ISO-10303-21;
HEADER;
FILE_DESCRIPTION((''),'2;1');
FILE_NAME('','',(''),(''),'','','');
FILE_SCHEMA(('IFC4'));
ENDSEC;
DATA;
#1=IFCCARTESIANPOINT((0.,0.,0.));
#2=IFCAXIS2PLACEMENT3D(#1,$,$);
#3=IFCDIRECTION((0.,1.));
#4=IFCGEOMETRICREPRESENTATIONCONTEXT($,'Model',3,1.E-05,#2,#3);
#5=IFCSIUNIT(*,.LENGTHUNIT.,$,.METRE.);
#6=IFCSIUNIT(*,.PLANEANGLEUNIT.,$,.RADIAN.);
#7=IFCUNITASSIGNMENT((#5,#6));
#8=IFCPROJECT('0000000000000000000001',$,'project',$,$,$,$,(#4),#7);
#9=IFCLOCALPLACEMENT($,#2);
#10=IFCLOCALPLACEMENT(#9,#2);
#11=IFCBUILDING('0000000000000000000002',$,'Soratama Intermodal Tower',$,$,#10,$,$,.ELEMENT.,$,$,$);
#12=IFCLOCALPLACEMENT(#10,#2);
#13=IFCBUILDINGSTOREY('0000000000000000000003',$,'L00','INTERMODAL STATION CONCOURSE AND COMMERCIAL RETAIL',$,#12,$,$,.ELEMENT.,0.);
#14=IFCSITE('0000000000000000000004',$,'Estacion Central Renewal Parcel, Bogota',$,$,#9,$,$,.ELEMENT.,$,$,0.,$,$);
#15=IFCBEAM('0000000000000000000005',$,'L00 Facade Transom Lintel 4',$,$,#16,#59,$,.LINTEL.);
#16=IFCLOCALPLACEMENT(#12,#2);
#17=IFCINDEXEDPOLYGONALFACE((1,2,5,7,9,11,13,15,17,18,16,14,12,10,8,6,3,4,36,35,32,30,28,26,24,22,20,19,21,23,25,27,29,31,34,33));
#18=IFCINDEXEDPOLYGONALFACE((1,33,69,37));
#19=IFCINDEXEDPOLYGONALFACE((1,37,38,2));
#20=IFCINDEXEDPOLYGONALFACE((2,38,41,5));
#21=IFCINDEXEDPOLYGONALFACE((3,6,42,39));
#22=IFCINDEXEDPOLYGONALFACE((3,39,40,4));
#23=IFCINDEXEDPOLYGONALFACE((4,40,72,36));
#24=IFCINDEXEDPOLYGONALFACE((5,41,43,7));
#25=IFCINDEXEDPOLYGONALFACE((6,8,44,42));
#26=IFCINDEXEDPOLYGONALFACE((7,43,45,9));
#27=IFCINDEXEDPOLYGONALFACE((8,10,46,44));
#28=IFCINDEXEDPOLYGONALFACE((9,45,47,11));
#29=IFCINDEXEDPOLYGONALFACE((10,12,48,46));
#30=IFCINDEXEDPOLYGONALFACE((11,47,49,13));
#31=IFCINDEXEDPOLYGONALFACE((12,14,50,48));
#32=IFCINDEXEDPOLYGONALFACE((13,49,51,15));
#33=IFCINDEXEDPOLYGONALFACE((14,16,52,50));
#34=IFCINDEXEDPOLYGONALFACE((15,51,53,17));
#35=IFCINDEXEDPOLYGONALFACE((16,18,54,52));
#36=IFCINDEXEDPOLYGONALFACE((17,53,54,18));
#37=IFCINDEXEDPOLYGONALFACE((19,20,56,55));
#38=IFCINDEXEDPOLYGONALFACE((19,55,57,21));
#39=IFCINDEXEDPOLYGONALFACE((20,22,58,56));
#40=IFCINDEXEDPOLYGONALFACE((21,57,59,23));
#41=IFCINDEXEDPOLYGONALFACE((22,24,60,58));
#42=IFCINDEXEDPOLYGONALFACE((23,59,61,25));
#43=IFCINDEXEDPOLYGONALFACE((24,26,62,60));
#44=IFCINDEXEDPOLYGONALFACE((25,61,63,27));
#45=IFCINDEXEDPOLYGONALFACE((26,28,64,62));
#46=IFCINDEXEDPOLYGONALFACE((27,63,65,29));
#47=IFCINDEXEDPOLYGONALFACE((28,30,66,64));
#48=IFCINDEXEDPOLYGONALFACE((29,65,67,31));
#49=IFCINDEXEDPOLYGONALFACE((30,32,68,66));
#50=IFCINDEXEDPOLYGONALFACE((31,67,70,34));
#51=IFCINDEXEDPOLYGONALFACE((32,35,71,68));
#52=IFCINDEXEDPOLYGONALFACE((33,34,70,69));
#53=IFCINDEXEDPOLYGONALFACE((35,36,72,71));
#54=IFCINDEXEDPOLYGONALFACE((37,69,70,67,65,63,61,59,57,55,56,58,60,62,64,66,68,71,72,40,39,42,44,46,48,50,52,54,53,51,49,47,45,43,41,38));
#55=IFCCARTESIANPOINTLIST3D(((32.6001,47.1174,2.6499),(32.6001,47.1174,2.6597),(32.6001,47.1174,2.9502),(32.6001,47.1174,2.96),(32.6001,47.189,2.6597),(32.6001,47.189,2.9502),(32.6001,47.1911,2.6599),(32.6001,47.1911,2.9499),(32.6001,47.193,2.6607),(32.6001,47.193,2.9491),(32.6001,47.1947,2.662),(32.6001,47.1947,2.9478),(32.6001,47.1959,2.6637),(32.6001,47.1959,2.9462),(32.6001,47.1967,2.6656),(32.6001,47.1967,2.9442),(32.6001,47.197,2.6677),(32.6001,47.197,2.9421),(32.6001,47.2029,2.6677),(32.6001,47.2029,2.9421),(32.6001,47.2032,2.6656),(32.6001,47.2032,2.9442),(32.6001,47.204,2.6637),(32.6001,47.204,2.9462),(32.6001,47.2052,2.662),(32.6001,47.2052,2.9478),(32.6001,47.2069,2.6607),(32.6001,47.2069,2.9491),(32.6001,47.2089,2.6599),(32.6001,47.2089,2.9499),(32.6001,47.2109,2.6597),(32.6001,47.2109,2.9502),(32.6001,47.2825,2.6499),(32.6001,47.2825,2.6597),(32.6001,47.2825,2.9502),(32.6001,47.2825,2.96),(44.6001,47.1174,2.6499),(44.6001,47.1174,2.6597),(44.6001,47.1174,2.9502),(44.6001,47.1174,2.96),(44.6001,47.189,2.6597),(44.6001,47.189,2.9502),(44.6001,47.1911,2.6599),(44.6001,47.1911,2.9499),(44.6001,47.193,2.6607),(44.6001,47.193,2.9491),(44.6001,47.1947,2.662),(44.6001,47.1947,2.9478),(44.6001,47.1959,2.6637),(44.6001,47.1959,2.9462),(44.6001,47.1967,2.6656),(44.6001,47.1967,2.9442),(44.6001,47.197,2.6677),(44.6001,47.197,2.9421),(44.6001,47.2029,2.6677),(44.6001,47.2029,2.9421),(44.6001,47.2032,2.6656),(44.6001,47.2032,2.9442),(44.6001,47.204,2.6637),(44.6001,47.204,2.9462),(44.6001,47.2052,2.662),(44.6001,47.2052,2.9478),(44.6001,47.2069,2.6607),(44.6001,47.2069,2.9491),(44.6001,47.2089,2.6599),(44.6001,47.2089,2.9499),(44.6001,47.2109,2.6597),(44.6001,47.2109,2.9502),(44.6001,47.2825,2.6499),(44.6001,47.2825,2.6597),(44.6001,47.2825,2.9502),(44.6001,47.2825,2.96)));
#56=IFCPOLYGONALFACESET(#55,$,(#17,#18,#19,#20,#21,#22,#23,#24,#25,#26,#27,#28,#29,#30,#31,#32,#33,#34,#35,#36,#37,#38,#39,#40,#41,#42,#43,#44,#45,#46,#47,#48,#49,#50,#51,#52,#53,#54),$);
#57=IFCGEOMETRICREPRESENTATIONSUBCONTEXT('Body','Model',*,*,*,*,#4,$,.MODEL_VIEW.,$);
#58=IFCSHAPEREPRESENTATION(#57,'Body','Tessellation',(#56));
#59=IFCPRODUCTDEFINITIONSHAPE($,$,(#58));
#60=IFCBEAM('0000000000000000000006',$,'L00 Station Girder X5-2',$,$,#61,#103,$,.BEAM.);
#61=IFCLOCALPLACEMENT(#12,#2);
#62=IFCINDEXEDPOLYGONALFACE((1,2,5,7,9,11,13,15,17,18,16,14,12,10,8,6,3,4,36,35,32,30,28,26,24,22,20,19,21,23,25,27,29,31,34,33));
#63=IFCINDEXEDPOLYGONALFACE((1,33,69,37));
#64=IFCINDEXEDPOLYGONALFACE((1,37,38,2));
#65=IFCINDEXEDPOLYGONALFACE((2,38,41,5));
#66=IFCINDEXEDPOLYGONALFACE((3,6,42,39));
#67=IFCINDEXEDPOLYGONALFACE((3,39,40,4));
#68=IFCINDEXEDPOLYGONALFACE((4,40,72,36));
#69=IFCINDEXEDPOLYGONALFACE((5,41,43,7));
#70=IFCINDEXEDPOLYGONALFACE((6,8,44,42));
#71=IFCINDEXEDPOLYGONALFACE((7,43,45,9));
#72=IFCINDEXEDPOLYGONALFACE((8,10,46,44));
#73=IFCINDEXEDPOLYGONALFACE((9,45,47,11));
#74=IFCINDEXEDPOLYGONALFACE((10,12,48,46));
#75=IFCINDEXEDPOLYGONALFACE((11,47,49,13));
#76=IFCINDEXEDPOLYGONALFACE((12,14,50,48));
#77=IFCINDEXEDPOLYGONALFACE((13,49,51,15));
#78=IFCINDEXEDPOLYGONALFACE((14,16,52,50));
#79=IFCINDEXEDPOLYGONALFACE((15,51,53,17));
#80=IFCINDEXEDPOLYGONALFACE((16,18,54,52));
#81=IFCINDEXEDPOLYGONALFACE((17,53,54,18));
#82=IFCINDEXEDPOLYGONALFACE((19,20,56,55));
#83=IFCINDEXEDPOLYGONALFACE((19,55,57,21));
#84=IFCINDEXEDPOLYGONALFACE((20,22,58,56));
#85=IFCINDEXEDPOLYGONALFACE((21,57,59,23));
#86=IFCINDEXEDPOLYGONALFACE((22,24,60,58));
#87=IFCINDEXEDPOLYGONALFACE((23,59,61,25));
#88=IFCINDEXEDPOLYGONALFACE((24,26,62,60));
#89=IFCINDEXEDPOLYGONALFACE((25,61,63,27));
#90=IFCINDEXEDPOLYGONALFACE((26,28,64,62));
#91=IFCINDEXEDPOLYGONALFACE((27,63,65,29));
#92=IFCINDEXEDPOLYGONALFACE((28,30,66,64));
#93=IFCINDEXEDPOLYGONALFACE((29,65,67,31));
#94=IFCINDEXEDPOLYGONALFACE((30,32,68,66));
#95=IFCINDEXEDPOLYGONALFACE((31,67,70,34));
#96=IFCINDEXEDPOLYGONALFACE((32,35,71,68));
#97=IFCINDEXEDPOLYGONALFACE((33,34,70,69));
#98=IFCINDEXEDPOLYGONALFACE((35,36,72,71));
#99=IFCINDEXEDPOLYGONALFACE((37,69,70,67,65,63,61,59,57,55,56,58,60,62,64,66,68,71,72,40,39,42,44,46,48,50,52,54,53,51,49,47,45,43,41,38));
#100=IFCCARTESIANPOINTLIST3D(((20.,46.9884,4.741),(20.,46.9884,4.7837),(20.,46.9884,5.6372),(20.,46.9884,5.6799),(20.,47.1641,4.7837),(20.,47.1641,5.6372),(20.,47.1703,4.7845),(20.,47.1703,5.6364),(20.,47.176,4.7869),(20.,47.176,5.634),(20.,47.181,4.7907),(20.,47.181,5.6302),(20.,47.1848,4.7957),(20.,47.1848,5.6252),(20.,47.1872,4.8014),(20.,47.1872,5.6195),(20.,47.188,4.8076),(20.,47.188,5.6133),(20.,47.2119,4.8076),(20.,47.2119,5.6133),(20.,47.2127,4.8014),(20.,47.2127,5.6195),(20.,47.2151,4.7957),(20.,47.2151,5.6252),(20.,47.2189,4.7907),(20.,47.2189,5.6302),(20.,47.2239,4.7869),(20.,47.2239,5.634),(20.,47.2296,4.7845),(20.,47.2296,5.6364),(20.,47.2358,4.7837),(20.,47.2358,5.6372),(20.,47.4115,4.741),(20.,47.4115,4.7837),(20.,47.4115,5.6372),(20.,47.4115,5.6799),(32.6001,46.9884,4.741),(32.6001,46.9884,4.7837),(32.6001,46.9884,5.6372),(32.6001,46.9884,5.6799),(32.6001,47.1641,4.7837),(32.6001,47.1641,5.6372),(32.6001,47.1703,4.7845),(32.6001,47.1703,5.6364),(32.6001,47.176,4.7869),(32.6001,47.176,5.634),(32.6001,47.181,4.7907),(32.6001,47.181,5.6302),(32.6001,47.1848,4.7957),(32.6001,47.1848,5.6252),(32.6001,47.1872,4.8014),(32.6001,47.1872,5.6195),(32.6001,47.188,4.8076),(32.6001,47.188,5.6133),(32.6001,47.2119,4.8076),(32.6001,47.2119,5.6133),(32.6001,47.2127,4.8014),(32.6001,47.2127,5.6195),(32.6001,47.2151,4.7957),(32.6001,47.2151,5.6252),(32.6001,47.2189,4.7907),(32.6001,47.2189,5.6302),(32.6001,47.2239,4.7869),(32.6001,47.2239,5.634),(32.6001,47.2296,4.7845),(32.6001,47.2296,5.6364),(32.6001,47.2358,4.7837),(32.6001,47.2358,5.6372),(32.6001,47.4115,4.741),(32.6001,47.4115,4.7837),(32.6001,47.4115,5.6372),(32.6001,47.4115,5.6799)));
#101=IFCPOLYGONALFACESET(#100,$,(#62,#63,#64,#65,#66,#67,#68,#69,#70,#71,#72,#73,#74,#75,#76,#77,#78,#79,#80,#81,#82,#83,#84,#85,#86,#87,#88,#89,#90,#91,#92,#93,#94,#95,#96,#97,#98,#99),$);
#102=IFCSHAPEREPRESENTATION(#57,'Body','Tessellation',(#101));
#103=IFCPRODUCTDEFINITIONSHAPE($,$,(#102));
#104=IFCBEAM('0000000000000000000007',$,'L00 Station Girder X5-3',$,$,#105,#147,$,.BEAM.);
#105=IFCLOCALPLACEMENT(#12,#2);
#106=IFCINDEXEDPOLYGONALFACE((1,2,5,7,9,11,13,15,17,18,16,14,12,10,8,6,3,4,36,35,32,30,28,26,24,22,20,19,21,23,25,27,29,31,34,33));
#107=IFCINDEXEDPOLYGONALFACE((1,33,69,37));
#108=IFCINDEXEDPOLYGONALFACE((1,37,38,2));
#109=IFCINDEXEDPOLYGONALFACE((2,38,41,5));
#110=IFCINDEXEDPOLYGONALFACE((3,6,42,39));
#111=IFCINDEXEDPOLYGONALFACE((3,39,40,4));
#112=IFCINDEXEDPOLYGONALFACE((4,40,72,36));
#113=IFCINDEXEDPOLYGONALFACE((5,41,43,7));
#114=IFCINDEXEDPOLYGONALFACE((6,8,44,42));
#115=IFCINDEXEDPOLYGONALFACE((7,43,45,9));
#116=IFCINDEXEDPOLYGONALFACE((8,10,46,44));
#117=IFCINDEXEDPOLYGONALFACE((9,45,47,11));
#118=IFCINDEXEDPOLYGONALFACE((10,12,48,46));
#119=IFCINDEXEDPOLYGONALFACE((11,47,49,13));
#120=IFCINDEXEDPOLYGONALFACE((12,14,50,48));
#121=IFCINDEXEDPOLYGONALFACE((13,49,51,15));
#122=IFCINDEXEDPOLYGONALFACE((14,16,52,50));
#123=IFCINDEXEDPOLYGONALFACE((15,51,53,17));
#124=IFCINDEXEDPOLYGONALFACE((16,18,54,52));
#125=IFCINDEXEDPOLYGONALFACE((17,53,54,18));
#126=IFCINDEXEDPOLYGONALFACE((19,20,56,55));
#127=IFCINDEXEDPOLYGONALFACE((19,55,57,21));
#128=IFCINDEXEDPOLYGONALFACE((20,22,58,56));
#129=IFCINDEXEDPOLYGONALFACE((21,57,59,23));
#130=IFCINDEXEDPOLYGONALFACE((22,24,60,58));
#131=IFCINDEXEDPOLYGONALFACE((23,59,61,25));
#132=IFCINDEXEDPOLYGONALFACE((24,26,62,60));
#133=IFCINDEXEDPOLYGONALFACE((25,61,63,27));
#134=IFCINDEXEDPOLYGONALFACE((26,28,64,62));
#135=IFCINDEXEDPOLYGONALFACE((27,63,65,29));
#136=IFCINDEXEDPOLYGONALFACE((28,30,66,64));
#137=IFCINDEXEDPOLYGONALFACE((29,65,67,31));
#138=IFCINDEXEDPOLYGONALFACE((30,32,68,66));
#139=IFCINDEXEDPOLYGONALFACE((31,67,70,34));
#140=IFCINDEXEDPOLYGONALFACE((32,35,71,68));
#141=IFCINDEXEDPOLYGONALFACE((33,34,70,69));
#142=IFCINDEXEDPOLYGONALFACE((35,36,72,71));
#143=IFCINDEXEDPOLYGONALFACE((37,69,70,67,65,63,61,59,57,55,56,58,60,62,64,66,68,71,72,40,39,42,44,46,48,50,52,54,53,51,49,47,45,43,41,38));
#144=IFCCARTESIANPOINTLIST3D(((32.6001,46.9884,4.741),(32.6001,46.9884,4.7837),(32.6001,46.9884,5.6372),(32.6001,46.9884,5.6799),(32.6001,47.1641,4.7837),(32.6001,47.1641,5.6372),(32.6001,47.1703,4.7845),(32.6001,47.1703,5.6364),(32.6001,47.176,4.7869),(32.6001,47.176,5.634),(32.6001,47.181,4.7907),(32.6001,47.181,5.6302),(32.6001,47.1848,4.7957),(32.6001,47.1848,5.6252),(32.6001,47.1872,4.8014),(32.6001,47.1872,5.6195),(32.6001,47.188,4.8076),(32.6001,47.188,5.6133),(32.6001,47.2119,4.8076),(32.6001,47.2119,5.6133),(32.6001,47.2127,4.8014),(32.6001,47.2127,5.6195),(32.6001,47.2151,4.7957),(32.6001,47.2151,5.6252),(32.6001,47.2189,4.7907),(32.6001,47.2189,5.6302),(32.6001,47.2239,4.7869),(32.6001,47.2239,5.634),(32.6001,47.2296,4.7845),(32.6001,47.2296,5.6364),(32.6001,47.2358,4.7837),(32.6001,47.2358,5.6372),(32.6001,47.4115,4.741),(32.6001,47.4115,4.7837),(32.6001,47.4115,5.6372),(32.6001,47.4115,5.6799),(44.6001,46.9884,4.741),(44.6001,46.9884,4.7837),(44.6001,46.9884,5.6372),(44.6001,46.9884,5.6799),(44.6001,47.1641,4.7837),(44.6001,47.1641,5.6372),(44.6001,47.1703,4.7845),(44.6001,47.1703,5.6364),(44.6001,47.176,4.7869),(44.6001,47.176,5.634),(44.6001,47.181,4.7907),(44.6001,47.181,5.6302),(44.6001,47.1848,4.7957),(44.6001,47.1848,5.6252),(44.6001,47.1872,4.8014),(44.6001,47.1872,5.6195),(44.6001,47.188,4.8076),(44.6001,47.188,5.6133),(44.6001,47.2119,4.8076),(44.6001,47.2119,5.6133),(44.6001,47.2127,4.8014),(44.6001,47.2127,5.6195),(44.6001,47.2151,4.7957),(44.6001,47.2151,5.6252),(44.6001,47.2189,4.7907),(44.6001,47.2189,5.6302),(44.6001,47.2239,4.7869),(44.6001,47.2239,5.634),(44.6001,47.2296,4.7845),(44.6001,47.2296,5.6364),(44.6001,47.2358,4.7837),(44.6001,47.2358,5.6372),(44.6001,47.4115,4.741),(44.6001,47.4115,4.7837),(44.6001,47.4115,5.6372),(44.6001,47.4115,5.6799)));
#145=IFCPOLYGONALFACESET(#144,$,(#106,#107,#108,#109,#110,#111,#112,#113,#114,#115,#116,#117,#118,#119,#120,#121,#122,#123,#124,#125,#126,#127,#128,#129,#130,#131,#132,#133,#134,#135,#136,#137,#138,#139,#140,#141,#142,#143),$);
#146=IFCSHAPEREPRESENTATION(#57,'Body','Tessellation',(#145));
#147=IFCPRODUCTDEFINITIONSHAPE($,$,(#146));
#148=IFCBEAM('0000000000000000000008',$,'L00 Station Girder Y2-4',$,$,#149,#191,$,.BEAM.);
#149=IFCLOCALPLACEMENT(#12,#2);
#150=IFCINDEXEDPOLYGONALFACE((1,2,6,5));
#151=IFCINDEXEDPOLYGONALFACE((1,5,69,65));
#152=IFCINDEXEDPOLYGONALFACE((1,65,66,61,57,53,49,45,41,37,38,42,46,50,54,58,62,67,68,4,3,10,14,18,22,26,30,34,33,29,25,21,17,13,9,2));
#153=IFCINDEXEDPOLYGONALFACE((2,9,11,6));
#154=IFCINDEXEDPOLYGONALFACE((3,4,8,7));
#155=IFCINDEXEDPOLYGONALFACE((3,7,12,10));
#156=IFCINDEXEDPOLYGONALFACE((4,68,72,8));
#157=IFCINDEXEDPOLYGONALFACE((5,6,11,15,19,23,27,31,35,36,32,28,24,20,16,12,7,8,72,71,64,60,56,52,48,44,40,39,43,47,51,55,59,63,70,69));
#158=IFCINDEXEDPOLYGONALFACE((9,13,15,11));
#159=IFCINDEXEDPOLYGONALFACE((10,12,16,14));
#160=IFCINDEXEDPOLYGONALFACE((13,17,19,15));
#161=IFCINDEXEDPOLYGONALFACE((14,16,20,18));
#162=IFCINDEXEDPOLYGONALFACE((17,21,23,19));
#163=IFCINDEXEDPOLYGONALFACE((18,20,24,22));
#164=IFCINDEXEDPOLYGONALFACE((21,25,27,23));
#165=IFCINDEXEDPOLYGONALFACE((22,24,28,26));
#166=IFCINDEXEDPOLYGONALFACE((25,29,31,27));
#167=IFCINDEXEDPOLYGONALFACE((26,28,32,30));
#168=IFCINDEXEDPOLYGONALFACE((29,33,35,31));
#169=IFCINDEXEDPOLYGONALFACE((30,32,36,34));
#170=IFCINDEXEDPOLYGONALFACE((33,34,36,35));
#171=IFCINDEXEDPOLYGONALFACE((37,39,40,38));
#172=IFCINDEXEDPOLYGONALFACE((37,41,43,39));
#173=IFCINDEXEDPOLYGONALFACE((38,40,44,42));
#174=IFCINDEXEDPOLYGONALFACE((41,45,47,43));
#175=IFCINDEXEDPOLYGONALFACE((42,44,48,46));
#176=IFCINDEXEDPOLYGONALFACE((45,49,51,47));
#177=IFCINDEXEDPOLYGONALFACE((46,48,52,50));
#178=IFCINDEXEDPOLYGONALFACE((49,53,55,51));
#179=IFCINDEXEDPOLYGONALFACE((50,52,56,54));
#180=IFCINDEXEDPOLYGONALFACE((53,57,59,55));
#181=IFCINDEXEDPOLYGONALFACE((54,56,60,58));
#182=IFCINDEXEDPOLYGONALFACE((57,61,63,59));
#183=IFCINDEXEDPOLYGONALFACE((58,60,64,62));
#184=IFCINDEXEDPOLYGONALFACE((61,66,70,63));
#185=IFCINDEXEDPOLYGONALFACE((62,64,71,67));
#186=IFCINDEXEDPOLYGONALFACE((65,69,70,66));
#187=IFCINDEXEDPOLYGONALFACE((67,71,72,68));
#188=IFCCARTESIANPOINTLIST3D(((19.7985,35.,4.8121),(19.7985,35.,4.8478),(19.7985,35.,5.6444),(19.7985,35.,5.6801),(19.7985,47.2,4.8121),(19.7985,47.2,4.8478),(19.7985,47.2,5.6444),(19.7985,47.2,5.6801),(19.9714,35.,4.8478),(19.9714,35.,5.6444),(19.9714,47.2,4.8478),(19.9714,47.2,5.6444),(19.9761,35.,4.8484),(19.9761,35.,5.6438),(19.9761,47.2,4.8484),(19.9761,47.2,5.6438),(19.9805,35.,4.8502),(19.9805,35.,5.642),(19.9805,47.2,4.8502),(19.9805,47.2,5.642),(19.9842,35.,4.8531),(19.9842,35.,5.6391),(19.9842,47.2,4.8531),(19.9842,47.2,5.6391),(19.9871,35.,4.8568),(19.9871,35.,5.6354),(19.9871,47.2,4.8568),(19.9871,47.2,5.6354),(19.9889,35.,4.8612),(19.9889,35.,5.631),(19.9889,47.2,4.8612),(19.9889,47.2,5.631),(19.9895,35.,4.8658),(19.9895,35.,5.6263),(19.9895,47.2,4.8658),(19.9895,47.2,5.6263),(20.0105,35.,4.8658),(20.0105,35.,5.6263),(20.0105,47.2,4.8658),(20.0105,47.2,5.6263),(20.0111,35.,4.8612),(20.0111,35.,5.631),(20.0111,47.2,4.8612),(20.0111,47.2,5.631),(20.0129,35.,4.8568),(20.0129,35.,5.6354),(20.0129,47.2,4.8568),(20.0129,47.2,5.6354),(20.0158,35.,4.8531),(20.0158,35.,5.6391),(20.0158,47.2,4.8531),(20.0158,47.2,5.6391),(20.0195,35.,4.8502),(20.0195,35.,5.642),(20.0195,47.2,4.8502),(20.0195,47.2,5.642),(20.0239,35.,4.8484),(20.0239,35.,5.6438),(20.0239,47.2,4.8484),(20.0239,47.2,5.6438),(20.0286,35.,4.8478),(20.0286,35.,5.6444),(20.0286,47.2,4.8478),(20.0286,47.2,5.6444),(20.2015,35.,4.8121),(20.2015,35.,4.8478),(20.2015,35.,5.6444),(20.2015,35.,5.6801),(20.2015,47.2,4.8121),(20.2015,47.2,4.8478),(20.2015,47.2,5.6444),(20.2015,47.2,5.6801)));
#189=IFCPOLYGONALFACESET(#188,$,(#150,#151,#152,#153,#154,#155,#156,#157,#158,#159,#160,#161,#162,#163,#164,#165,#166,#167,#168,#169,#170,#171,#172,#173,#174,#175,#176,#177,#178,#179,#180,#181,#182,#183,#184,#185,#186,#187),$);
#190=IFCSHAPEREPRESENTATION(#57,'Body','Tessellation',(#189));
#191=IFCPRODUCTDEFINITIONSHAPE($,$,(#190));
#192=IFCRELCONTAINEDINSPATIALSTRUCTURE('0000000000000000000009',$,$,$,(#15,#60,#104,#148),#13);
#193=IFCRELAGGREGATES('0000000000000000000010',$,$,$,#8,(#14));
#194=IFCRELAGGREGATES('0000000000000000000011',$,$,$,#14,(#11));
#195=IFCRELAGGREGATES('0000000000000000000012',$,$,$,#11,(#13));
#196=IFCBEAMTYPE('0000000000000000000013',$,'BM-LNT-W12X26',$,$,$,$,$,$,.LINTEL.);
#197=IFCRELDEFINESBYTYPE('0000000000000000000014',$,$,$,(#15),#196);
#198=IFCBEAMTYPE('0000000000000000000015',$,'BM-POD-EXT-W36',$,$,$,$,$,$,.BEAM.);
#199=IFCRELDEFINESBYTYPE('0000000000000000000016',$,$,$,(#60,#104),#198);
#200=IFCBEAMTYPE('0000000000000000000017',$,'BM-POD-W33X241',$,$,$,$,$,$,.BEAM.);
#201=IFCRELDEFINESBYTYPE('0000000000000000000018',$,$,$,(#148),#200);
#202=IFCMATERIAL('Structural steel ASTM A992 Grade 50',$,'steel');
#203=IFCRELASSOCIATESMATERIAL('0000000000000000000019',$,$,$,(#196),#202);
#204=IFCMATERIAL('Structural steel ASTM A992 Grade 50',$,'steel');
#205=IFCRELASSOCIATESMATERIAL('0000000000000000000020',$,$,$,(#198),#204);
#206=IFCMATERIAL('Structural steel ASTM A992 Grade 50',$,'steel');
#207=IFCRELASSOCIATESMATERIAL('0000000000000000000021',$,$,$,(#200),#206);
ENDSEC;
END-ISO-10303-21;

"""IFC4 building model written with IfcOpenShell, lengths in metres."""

from ifc_helpers import new_model, si_unit, direction, frame, origin, origin_2d, place, context, subcontext, project, spatial, i_section, extrude, material, material_profile, profile_set, type_object, element, save


model = new_model("IFC4")

# Units and contexts
model_context = context("Model", 3, precision=1e-05, world=origin(), true_north=direction((0.0, 1.0)))
body_context = subcontext(model_context, "Body", "Model", "MODEL_VIEW")
ifc_project = project(units=[si_unit("LENGTHUNIT", "METRE"), si_unit("PLANEANGLEUNIT", "RADIAN")], contexts=[model_context])

# Site, building, storey
site_placement = place(None, origin())
site = spatial("IfcSite", under=ifc_project, at=site_placement, Name="Estacion Central Renewal Parcel, Bogota", CompositionType="ELEMENT", RefElevation=0.0)
building_placement = place(site_placement, origin())
building = spatial("IfcBuilding", under=site, at=building_placement, Name="Soratama Intermodal Tower", CompositionType="ELEMENT")
storey_placement = place(building_placement, origin())
storey = spatial("IfcBuildingStorey", under=building, at=storey_placement, Name="L00", Description="INTERMODAL STATION CONCOURSE AND COMMERCIAL RETAIL", CompositionType="ELEMENT", Elevation=0.0)

# Beams
ifc_material_1 = material(Name="Structural steel ASTM A992 Grade 50", Category="steel")
ifc_material_profile_1 = material_profile(ifc_material_1, i_section(OverallWidth=0.165, OverallDepth=0.3101, WebThickness=0.0059, FlangeThickness=0.0098, FilletRadius=0.0081, at=origin_2d()), Name="W12X26")
ifc_profile_set_1 = profile_set([ifc_material_profile_1], Name="Structural steel ASTM A992 Grade 50")
beam_type_1 = type_object("IfcBeamType", Name="BM-LNT-W12X26", PredefinedType="LINTEL", material=ifc_profile_set_1)
beam_1_placement = place(storey_placement, frame((32.6001, 47.2, 2.8049), z_axis=(1.0, 0.0, 0.0), x_axis=(0.0, 1.0, 0.0)))
element("IfcBeam", 1, at=beam_1_placement, inside=storey, type_object=beam_type_1, Name="L00 Facade Transom Lintel 4", PredefinedType="LINTEL", context=body_context, shape_type="SweptSolid", body=[
    extrude(i_section(OverallWidth=0.165, OverallDepth=0.3101, WebThickness=0.0059, FlangeThickness=0.0098, FilletRadius=0.0081, at=origin_2d()), origin(), (0.0, 0.0, 1.0), 12.0),
])
ifc_material_2 = material(Name="Structural steel ASTM A992 Grade 50", Category="steel")
ifc_material_profile_2 = material_profile(ifc_material_2, i_section(OverallWidth=0.4231, OverallDepth=0.939, WebThickness=0.0239, FlangeThickness=0.0427, FilletRadius=0.0239, at=origin_2d()), Name="W36X302")
ifc_profile_set_2 = profile_set([ifc_material_profile_2], Name="Structural steel ASTM A992 Grade 50")
beam_type_2 = type_object("IfcBeamType", Name="BM-POD-EXT-W36", PredefinedType="BEAM", material=ifc_profile_set_2)
beam_2_placement = place(storey_placement, frame((20.0, 47.2, 5.2104), z_axis=(1.0, 0.0, 0.0), x_axis=(0.0, 1.0, 0.0)))
element("IfcBeam", 2, at=beam_2_placement, inside=storey, type_object=beam_type_2, Name="L00 Station Girder X5-2", PredefinedType="BEAM", context=body_context, shape_type="SweptSolid", body=[
    extrude(i_section(OverallWidth=0.4231, OverallDepth=0.939, WebThickness=0.0239, FlangeThickness=0.0427, FilletRadius=0.0239, at=origin_2d()), origin(), (0.0, 0.0, 1.0), 12.6001),
])
beam_3_placement = place(storey_placement, frame((32.6001, 47.2, 5.2104), z_axis=(1.0, 0.0, 0.0), x_axis=(0.0, 1.0, 0.0)))
element("IfcBeam", 3, at=beam_3_placement, inside=storey, type_object=beam_type_2, Name="L00 Station Girder X5-3", PredefinedType="BEAM", context=body_context, shape_type="SweptSolid", body=[
    extrude(i_section(OverallWidth=0.4231, OverallDepth=0.939, WebThickness=0.0239, FlangeThickness=0.0427, FilletRadius=0.0239, at=origin_2d()), origin(), (0.0, 0.0, 1.0), 12.0),
])
ifc_material_3 = material(Name="Structural steel ASTM A992 Grade 50", Category="steel")
ifc_material_profile_3 = material_profile(ifc_material_3, i_section(OverallWidth=0.4031, OverallDepth=0.8679, WebThickness=0.021, FlangeThickness=0.0356, FilletRadius=0.0181, at=origin_2d()), Name="W33X241")
ifc_profile_set_3 = profile_set([ifc_material_profile_3], Name="Structural steel ASTM A992 Grade 50")
beam_type_3 = type_object("IfcBeamType", Name="BM-POD-W33X241", PredefinedType="BEAM", material=ifc_profile_set_3)
for number, where, z_axis, x_axis, name in (
    (4, (20.0, 35.0, 5.2461), (0.0, 1.0, 0.0), (-1.0, 0.0, 0.0), "L00 Station Girder Y2-4"),
):
    element("IfcBeam", number, at=place(storey_placement, frame(where, z_axis=z_axis, x_axis=x_axis)), inside=storey, type_object=beam_type_3, Name=name, PredefinedType="BEAM", context=body_context, shape_type="SweptSolid", body=[
        extrude(i_section(OverallWidth=0.4031, OverallDepth=0.8679, WebThickness=0.021, FlangeThickness=0.0356, FilletRadius=0.0181, at=origin_2d()), origin(), (0.0, 0.0, 1.0), 12.2),
    ])

save(model, "model.ifc")
